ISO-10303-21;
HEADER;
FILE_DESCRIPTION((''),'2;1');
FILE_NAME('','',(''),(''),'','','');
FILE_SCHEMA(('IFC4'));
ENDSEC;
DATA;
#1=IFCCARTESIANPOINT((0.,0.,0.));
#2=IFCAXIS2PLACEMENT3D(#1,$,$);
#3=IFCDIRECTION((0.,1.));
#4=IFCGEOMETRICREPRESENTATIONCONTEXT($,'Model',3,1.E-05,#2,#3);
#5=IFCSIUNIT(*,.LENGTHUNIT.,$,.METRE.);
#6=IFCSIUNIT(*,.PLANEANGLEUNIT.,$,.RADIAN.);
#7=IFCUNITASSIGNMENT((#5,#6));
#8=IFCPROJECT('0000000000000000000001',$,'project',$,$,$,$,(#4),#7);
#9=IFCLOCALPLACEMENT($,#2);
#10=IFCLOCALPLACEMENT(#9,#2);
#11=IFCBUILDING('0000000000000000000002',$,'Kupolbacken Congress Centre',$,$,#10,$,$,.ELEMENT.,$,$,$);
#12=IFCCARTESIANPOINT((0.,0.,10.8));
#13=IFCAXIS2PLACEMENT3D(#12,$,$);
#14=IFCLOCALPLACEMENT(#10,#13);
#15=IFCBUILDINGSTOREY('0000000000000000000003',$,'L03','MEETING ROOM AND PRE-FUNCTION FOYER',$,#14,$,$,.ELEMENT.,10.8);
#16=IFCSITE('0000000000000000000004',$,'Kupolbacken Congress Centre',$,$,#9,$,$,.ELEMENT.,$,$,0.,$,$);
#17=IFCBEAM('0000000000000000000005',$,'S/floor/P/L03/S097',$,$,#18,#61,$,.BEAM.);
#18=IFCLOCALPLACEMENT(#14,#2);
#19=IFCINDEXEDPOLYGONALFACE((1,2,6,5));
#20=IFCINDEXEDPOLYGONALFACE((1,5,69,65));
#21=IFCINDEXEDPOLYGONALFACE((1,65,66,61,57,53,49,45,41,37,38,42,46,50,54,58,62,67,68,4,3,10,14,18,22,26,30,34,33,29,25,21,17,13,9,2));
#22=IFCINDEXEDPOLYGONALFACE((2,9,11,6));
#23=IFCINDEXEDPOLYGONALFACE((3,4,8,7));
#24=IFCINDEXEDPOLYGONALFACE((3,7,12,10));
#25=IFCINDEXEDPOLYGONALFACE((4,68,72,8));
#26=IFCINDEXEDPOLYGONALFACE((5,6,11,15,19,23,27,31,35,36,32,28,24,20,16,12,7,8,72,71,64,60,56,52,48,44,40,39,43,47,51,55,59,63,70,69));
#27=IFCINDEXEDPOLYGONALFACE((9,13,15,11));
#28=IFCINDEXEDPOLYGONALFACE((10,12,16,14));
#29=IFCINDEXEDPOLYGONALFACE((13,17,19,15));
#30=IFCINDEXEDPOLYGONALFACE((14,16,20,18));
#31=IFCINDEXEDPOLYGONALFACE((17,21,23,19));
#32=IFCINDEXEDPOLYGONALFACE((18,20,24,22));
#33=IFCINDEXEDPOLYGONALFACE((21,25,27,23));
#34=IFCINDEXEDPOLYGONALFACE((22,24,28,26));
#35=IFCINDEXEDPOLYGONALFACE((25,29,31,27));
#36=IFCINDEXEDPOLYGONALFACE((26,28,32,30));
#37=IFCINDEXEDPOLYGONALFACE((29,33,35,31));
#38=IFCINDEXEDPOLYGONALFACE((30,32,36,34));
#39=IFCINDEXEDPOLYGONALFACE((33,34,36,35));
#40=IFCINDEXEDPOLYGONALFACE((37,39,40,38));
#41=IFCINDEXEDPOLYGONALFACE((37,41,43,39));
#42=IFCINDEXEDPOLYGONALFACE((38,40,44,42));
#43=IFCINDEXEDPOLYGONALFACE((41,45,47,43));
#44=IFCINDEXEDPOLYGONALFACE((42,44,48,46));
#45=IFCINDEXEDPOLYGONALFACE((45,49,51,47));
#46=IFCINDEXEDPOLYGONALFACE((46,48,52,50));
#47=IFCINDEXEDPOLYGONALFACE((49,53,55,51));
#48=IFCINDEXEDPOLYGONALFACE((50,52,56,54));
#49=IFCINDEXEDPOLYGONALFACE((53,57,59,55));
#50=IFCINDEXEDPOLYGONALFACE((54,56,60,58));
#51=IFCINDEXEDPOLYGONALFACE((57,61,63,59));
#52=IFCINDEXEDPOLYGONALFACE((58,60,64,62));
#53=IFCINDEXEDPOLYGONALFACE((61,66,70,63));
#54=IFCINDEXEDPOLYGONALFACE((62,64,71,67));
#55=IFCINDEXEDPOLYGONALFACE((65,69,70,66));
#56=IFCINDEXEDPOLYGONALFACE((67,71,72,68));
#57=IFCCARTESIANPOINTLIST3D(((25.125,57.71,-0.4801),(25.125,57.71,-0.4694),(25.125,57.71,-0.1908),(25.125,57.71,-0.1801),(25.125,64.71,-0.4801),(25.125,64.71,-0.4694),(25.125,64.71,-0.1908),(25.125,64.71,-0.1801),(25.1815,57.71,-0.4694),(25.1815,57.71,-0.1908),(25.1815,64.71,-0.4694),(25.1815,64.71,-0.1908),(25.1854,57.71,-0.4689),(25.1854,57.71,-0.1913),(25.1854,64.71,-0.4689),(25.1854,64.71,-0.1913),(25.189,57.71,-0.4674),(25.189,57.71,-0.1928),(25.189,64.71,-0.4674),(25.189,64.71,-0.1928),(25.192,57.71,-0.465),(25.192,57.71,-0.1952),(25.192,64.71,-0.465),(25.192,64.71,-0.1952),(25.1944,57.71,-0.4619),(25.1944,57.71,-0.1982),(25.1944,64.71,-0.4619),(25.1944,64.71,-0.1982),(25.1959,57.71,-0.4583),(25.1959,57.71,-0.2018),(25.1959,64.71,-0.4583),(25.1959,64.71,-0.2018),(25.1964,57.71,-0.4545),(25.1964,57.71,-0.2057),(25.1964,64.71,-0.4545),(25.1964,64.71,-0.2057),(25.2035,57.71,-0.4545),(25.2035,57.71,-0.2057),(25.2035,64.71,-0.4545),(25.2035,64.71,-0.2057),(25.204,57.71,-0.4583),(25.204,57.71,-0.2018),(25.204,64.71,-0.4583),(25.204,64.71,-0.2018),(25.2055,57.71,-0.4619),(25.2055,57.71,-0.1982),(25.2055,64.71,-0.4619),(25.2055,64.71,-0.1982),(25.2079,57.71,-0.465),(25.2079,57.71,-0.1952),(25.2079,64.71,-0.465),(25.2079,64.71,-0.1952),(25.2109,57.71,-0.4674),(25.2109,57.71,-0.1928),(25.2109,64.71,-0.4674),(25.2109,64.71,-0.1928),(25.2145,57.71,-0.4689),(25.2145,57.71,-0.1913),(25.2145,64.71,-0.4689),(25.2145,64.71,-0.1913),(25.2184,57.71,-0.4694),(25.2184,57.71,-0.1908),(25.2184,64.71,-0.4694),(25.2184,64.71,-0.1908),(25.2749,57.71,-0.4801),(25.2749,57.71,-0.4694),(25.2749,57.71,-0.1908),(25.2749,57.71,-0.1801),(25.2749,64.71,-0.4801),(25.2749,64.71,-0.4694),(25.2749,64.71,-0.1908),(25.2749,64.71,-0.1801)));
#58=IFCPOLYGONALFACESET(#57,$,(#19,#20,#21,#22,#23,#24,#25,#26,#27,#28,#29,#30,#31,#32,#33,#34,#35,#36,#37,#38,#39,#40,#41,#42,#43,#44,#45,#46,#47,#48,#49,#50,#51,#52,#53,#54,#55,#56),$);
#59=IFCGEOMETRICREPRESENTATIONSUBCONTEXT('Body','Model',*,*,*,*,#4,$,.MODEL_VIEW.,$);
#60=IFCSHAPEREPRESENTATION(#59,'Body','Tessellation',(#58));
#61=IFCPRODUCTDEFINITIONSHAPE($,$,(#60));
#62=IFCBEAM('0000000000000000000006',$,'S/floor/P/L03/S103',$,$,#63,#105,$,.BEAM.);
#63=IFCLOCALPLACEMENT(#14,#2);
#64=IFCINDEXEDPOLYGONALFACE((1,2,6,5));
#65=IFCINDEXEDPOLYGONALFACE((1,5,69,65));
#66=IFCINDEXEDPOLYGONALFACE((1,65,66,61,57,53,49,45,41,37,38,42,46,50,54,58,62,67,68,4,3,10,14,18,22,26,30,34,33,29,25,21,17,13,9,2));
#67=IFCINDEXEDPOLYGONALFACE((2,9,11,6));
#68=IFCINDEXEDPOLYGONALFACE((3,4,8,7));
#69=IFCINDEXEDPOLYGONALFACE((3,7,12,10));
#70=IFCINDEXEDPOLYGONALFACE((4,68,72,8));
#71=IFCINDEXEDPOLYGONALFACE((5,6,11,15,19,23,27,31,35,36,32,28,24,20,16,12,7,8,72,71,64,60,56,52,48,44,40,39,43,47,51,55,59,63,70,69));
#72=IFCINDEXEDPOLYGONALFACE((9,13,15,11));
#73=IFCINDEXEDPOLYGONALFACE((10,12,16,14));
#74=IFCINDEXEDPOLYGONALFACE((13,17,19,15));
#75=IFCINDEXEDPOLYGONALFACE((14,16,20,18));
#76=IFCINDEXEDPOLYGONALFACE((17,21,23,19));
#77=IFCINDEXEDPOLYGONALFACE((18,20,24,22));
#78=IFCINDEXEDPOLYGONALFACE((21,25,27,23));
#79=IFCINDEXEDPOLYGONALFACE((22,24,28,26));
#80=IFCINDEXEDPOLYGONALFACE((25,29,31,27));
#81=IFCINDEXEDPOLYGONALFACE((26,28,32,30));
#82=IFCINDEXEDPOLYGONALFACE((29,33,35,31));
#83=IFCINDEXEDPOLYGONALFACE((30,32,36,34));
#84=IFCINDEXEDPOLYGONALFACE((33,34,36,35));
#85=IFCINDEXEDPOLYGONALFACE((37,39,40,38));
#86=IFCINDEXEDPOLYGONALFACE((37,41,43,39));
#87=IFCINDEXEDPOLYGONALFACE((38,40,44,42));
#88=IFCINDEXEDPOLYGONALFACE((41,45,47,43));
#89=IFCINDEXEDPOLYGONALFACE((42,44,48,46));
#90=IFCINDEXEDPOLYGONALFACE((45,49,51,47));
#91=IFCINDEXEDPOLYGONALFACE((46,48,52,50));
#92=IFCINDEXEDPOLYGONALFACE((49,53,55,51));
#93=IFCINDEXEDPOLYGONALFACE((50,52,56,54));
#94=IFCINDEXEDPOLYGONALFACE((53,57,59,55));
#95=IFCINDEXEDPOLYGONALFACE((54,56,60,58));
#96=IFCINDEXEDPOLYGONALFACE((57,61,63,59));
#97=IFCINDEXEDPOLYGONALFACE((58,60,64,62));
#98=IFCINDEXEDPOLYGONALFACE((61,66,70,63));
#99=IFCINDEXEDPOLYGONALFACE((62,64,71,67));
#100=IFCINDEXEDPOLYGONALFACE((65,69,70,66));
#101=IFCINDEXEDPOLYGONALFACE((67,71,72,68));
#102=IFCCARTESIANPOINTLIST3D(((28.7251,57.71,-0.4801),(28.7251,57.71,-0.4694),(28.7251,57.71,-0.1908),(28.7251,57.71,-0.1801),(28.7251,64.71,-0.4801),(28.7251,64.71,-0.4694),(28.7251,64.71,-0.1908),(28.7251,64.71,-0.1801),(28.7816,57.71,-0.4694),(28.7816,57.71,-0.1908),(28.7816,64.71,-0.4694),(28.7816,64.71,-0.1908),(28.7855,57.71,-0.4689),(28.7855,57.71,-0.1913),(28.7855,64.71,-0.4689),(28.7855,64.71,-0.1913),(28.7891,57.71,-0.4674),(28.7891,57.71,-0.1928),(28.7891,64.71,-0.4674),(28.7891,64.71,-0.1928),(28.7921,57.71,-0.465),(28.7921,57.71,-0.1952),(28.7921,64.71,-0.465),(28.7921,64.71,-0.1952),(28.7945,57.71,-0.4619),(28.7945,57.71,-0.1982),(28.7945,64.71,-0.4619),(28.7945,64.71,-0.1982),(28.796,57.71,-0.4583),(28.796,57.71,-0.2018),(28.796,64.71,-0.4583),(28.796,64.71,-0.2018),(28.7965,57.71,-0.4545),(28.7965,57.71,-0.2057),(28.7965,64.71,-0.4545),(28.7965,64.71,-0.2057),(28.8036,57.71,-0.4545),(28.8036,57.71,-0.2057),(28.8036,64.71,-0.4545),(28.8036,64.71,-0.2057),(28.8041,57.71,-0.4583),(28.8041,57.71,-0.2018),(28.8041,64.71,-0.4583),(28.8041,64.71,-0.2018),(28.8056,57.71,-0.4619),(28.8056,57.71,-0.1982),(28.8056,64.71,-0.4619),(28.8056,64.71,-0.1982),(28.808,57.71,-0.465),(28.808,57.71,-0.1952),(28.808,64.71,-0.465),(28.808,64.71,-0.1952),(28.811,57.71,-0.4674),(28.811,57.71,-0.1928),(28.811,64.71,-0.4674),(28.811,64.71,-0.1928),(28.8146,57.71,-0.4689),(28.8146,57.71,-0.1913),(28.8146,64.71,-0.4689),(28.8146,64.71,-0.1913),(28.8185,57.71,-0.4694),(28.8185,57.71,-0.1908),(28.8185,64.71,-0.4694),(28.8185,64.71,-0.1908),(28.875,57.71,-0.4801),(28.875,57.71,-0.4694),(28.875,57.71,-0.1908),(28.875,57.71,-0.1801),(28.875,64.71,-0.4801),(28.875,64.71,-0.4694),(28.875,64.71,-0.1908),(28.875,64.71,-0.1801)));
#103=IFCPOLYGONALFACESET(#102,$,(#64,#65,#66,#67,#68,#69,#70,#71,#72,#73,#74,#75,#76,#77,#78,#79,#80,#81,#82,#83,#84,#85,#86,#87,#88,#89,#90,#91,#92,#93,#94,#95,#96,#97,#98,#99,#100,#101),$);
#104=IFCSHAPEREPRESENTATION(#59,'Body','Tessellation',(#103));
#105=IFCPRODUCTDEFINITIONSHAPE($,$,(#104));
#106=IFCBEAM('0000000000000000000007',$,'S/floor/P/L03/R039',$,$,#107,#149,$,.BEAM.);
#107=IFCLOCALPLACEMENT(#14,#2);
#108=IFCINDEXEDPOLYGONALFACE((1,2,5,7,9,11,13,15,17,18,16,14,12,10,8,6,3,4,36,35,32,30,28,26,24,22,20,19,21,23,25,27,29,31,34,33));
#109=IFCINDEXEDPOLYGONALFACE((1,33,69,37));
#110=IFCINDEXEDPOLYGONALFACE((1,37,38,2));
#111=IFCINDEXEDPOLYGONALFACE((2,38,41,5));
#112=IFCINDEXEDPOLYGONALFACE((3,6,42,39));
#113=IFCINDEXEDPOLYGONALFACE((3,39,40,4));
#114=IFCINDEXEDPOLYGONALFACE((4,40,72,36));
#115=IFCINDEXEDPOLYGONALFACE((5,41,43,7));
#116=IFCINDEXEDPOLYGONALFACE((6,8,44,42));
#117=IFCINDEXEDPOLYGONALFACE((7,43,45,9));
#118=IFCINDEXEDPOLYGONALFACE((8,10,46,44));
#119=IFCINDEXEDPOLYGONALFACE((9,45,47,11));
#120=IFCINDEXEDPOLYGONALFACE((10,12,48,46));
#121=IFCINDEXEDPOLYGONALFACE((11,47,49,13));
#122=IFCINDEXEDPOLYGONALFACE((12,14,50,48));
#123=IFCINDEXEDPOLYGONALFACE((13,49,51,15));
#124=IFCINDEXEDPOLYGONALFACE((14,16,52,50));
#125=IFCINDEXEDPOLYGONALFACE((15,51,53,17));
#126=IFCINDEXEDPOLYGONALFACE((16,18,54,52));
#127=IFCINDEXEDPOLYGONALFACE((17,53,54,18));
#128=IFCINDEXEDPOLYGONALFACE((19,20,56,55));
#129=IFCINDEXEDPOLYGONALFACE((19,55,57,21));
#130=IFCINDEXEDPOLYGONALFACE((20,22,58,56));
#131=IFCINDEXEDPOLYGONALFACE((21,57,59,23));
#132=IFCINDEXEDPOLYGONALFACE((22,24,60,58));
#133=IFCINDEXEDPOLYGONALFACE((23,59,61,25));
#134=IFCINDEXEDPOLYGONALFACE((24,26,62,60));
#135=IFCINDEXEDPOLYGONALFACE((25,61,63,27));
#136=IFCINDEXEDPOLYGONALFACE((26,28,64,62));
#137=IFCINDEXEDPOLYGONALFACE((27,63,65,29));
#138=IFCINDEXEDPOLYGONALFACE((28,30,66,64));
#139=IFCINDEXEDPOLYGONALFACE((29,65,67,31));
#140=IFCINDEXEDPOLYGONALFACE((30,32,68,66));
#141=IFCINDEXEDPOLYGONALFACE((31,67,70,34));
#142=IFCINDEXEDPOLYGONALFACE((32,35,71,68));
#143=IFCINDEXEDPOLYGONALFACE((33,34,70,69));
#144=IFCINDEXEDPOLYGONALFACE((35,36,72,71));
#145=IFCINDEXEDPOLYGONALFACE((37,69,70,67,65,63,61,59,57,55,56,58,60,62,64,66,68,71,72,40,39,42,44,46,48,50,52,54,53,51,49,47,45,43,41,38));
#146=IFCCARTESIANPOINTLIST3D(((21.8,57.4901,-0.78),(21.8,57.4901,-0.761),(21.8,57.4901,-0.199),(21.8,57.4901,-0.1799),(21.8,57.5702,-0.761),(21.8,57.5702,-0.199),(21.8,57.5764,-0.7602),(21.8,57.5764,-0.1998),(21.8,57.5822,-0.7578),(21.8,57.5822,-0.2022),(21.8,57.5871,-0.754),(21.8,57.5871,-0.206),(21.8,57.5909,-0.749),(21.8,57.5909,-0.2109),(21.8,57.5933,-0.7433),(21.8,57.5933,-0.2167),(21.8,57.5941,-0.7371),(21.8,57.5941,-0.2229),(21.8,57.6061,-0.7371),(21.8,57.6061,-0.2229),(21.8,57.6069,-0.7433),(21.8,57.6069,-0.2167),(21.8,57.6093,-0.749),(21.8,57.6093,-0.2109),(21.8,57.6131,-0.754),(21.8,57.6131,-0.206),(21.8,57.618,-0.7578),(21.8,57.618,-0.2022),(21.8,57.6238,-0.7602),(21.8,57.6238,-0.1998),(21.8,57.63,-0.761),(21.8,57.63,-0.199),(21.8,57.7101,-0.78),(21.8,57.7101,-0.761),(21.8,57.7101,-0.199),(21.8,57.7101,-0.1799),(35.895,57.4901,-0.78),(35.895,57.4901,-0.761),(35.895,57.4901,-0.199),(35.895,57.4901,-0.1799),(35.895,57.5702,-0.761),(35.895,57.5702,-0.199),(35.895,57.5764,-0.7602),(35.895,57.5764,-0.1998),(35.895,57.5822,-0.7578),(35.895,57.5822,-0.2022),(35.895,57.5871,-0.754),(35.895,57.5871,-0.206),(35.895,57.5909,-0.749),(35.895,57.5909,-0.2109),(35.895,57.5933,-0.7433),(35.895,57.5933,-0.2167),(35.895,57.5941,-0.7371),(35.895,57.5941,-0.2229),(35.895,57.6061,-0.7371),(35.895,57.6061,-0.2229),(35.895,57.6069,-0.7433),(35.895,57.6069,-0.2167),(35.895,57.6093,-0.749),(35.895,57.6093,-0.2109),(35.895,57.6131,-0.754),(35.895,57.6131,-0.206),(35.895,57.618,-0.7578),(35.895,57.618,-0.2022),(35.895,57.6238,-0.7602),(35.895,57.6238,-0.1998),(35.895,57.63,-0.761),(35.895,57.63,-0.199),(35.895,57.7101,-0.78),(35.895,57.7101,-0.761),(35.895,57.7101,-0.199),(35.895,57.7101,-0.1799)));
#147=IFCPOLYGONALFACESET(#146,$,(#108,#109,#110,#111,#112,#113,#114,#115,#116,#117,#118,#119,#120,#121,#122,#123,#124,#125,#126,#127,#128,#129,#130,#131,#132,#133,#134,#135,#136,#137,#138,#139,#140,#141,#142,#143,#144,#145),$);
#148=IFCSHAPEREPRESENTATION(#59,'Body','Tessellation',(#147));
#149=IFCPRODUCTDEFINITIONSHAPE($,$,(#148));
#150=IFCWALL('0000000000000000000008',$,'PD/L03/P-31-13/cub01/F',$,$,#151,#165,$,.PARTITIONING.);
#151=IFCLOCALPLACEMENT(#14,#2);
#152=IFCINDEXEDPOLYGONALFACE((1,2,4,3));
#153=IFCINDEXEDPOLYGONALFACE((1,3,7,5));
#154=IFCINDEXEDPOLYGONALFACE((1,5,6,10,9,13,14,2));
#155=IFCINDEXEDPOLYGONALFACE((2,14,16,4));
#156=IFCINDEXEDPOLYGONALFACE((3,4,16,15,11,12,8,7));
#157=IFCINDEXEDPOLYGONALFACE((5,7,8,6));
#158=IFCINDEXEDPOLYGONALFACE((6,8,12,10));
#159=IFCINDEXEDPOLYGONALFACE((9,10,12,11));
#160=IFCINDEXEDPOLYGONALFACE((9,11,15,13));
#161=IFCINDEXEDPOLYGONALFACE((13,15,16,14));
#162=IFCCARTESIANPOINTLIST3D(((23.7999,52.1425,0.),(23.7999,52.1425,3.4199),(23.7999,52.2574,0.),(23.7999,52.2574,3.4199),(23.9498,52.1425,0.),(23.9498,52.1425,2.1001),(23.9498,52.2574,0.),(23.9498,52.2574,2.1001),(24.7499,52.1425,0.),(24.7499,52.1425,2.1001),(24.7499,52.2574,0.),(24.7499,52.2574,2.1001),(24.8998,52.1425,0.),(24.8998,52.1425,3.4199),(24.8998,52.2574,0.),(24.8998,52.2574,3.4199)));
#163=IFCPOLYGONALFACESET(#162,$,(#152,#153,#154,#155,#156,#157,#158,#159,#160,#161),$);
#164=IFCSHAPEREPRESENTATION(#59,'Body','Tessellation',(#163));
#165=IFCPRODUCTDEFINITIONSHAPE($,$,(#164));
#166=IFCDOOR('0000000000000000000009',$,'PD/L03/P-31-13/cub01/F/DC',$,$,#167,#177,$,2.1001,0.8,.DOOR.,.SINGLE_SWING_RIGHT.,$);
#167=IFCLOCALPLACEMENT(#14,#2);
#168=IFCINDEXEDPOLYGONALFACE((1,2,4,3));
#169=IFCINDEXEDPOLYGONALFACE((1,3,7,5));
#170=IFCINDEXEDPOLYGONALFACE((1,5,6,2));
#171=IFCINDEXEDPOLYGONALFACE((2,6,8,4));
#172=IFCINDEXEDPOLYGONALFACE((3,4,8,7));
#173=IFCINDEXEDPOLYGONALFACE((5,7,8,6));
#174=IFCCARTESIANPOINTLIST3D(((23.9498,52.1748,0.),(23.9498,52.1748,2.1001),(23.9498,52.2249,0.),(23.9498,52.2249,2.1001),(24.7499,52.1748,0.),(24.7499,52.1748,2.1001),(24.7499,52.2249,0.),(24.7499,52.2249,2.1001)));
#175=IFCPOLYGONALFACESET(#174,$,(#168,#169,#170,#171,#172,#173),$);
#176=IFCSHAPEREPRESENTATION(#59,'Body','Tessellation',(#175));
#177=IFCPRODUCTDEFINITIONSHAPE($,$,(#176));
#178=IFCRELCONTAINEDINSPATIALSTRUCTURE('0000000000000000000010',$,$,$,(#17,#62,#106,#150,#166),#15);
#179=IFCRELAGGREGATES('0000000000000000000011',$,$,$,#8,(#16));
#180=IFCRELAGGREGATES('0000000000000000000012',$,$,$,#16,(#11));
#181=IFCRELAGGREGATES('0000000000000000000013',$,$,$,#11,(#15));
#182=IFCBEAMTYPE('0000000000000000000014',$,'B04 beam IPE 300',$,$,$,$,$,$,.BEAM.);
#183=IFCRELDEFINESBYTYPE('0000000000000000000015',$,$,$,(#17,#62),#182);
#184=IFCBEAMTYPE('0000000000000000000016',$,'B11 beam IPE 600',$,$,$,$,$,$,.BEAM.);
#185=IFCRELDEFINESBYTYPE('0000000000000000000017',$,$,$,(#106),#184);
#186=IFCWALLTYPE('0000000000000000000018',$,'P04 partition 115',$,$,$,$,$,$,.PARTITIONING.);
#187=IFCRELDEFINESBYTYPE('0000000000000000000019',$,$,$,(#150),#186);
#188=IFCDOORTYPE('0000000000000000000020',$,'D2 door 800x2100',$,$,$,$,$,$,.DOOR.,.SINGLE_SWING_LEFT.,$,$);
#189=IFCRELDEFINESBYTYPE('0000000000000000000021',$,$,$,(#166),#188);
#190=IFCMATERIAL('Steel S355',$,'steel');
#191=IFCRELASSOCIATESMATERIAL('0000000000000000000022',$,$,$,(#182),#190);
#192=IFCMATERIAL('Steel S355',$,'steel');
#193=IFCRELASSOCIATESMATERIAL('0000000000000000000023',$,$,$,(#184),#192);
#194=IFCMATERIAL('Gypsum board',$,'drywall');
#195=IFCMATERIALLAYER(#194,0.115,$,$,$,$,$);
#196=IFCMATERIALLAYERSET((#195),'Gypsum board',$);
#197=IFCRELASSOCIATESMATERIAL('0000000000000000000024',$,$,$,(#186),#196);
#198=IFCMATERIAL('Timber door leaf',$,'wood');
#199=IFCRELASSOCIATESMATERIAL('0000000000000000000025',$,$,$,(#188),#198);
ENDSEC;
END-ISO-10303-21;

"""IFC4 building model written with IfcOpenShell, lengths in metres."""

from ifc_helpers import new_model, si_unit, direction, frame, frame_2d, origin, origin_2d, place, context, subcontext, project, spatial, rectangle, i_section, extrude, material, layer, layer_set, material_profile, profile_set, type_object, element, fill, save


model = new_model("IFC4")

# Units and contexts
model_context = context("Model", 3, precision=1e-05, world=origin(), true_north=direction((0.0, 1.0)))
body_context = subcontext(model_context, "Body", "Model", "MODEL_VIEW")
ifc_project = project(units=[si_unit("LENGTHUNIT", "METRE"), si_unit("PLANEANGLEUNIT", "RADIAN")], contexts=[model_context])

# Site, building, storey
site_placement = place(None, origin())
site = spatial("IfcSite", under=ifc_project, at=site_placement, Name="Kupolbacken Congress Centre", CompositionType="ELEMENT", RefElevation=0.0)
building_placement = place(site_placement, origin())
building = spatial("IfcBuilding", under=site, at=building_placement, Name="Kupolbacken Congress Centre", CompositionType="ELEMENT")
storey_placement = place(building_placement, frame((0.0, 0.0, 10.8)))
storey = spatial("IfcBuildingStorey", under=building, at=storey_placement, Name="L03", Description="MEETING ROOM AND PRE-FUNCTION FOYER", CompositionType="ELEMENT", Elevation=10.8)

# Beams
ifc_material_1 = material(Name="Steel S355", Category="steel")
ifc_material_profile_1 = material_profile(ifc_material_1, i_section(OverallWidth=0.1499, OverallDepth=0.3, WebThickness=0.0071, FlangeThickness=0.0107, FilletRadius=0.0149, at=origin_2d()), Name="IPE 300")
ifc_profile_set_1 = profile_set([ifc_material_profile_1], Name="Steel S355")
beam_type_1 = type_object("IfcBeamType", Name="B04 beam IPE 300", PredefinedType="BEAM", material=ifc_profile_set_1)
for number, where, z_axis, x_axis, name in (
    (1, (25.2, 57.71, -0.3301), (0.0, 1.0, 0.0), (-1.0, 0.0, 0.0), "S/floor/P/L03/S097"),
    (2, (28.8, 57.71, -0.3301), (0.0, 1.0, 0.0), (-1.0, 0.0, 0.0), "S/floor/P/L03/S103"),
):
    element("IfcBeam", number, at=place(storey_placement, frame(where, z_axis=z_axis, x_axis=x_axis)), inside=storey, type_object=beam_type_1, Name=name, PredefinedType="BEAM", context=body_context, shape_type="SweptSolid", body=[
        extrude(i_section(OverallWidth=0.1499, OverallDepth=0.3, WebThickness=0.0071, FlangeThickness=0.0107, FilletRadius=0.0149, at=origin_2d()), origin(), (0.0, 0.0, 1.0), 7.0),
    ])
ifc_material_2 = material(Name="Steel S355", Category="steel")
ifc_material_profile_2 = material_profile(ifc_material_2, i_section(OverallWidth=0.22, OverallDepth=0.6001, WebThickness=0.012, FlangeThickness=0.019, FilletRadius=0.0239, at=origin_2d()), Name="IPE 600")
ifc_profile_set_2 = profile_set([ifc_material_profile_2], Name="Steel S355")
beam_type_2 = type_object("IfcBeamType", Name="B11 beam IPE 600", PredefinedType="BEAM", material=ifc_profile_set_2)
beam_placement = place(storey_placement, frame((21.8, 57.6001, -0.48), z_axis=(1.0, 0.0, 0.0), x_axis=(0.0, 1.0, 0.0)))
element("IfcBeam", 3, at=beam_placement, inside=storey, type_object=beam_type_2, Name="S/floor/P/L03/R039", PredefinedType="BEAM", context=body_context, shape_type="SweptSolid", body=[
    extrude(i_section(OverallWidth=0.22, OverallDepth=0.6001, WebThickness=0.012, FlangeThickness=0.019, FilletRadius=0.0239, at=origin_2d()), origin(), (0.0, 0.0, 1.0), 14.095),
])

# Wall, opening, door
ifc_material_3 = material(Name="Gypsum board", Category="drywall")
ifc_layer = layer(ifc_material_3, 0.115)
ifc_layer_set = layer_set([ifc_layer], Name="Gypsum board")
wall_type = type_object("IfcWallType", Name="P04 partition 115", PredefinedType="PARTITIONING", material=ifc_layer_set)
wall_1_placement = place(storey_placement, frame((23.8, 52.2, 0.0), z_axis=(0.0, 0.0, 1.0), x_axis=(1.0, 0.0, 0.0)))
wall_1 = element("IfcWall", 4, at=wall_1_placement, inside=storey, type_object=wall_type, Name="PD/L03/P-31-13/cub01/F", PredefinedType="PARTITIONING", context=body_context, shape_type="SweptSolid", body=[
    extrude(rectangle(XDim=1.0999, YDim=0.115, at=frame_2d((0.5498, 0.0))), origin(), (0.0, 0.0, 1.0), 3.4199),
])
opening_1_placement = place(wall_1_placement, frame((0.1499, 0.0, 0.0)))
opening_1 = element("IfcOpeningElement", 5, at=opening_1_placement, cuts=wall_1, PredefinedType="OPENING", context=body_context, shape_type="SweptSolid", body=[
    extrude(rectangle(XDim=0.8, YDim=2.1001, at=frame_2d((0.3999, 1.05))), frame((0.0, 0.0674, 0.0), z_axis=(0.0, -1.0, 0.0), x_axis=(1.0, 0.0, 0.0)), (0.0, 0.0, 1.0), 0.135),
])
ifc_material_4 = material(Name="Timber door leaf", Category="wood")
door_type = type_object("IfcDoorType", Name="D2 door 800x2100", OperationType="SINGLE_SWING_LEFT", PredefinedType="DOOR", material=ifc_material_4)
door_1_placement = place(opening_1_placement, origin())
door_1 = element("IfcDoor", 6, at=door_1_placement, inside=storey, type_object=door_type, Name="PD/L03/P-31-13/cub01/F/DC", OperationType="SINGLE_SWING_RIGHT", OverallHeight=2.1001, OverallWidth=0.8, PredefinedType="DOOR", context=body_context, shape_type="SweptSolid", body=[
    extrude(rectangle(XDim=0.8, YDim=2.1001, at=frame_2d((0.3999, 1.05))), frame((0.0, 0.0249, 0.0), z_axis=(0.0, -1.0, 0.0), x_axis=(1.0, 0.0, 0.0)), (0.0, 0.0, 1.0), 0.05),
])
fill(opening_1, door_1)

save(model, "model.ifc")
